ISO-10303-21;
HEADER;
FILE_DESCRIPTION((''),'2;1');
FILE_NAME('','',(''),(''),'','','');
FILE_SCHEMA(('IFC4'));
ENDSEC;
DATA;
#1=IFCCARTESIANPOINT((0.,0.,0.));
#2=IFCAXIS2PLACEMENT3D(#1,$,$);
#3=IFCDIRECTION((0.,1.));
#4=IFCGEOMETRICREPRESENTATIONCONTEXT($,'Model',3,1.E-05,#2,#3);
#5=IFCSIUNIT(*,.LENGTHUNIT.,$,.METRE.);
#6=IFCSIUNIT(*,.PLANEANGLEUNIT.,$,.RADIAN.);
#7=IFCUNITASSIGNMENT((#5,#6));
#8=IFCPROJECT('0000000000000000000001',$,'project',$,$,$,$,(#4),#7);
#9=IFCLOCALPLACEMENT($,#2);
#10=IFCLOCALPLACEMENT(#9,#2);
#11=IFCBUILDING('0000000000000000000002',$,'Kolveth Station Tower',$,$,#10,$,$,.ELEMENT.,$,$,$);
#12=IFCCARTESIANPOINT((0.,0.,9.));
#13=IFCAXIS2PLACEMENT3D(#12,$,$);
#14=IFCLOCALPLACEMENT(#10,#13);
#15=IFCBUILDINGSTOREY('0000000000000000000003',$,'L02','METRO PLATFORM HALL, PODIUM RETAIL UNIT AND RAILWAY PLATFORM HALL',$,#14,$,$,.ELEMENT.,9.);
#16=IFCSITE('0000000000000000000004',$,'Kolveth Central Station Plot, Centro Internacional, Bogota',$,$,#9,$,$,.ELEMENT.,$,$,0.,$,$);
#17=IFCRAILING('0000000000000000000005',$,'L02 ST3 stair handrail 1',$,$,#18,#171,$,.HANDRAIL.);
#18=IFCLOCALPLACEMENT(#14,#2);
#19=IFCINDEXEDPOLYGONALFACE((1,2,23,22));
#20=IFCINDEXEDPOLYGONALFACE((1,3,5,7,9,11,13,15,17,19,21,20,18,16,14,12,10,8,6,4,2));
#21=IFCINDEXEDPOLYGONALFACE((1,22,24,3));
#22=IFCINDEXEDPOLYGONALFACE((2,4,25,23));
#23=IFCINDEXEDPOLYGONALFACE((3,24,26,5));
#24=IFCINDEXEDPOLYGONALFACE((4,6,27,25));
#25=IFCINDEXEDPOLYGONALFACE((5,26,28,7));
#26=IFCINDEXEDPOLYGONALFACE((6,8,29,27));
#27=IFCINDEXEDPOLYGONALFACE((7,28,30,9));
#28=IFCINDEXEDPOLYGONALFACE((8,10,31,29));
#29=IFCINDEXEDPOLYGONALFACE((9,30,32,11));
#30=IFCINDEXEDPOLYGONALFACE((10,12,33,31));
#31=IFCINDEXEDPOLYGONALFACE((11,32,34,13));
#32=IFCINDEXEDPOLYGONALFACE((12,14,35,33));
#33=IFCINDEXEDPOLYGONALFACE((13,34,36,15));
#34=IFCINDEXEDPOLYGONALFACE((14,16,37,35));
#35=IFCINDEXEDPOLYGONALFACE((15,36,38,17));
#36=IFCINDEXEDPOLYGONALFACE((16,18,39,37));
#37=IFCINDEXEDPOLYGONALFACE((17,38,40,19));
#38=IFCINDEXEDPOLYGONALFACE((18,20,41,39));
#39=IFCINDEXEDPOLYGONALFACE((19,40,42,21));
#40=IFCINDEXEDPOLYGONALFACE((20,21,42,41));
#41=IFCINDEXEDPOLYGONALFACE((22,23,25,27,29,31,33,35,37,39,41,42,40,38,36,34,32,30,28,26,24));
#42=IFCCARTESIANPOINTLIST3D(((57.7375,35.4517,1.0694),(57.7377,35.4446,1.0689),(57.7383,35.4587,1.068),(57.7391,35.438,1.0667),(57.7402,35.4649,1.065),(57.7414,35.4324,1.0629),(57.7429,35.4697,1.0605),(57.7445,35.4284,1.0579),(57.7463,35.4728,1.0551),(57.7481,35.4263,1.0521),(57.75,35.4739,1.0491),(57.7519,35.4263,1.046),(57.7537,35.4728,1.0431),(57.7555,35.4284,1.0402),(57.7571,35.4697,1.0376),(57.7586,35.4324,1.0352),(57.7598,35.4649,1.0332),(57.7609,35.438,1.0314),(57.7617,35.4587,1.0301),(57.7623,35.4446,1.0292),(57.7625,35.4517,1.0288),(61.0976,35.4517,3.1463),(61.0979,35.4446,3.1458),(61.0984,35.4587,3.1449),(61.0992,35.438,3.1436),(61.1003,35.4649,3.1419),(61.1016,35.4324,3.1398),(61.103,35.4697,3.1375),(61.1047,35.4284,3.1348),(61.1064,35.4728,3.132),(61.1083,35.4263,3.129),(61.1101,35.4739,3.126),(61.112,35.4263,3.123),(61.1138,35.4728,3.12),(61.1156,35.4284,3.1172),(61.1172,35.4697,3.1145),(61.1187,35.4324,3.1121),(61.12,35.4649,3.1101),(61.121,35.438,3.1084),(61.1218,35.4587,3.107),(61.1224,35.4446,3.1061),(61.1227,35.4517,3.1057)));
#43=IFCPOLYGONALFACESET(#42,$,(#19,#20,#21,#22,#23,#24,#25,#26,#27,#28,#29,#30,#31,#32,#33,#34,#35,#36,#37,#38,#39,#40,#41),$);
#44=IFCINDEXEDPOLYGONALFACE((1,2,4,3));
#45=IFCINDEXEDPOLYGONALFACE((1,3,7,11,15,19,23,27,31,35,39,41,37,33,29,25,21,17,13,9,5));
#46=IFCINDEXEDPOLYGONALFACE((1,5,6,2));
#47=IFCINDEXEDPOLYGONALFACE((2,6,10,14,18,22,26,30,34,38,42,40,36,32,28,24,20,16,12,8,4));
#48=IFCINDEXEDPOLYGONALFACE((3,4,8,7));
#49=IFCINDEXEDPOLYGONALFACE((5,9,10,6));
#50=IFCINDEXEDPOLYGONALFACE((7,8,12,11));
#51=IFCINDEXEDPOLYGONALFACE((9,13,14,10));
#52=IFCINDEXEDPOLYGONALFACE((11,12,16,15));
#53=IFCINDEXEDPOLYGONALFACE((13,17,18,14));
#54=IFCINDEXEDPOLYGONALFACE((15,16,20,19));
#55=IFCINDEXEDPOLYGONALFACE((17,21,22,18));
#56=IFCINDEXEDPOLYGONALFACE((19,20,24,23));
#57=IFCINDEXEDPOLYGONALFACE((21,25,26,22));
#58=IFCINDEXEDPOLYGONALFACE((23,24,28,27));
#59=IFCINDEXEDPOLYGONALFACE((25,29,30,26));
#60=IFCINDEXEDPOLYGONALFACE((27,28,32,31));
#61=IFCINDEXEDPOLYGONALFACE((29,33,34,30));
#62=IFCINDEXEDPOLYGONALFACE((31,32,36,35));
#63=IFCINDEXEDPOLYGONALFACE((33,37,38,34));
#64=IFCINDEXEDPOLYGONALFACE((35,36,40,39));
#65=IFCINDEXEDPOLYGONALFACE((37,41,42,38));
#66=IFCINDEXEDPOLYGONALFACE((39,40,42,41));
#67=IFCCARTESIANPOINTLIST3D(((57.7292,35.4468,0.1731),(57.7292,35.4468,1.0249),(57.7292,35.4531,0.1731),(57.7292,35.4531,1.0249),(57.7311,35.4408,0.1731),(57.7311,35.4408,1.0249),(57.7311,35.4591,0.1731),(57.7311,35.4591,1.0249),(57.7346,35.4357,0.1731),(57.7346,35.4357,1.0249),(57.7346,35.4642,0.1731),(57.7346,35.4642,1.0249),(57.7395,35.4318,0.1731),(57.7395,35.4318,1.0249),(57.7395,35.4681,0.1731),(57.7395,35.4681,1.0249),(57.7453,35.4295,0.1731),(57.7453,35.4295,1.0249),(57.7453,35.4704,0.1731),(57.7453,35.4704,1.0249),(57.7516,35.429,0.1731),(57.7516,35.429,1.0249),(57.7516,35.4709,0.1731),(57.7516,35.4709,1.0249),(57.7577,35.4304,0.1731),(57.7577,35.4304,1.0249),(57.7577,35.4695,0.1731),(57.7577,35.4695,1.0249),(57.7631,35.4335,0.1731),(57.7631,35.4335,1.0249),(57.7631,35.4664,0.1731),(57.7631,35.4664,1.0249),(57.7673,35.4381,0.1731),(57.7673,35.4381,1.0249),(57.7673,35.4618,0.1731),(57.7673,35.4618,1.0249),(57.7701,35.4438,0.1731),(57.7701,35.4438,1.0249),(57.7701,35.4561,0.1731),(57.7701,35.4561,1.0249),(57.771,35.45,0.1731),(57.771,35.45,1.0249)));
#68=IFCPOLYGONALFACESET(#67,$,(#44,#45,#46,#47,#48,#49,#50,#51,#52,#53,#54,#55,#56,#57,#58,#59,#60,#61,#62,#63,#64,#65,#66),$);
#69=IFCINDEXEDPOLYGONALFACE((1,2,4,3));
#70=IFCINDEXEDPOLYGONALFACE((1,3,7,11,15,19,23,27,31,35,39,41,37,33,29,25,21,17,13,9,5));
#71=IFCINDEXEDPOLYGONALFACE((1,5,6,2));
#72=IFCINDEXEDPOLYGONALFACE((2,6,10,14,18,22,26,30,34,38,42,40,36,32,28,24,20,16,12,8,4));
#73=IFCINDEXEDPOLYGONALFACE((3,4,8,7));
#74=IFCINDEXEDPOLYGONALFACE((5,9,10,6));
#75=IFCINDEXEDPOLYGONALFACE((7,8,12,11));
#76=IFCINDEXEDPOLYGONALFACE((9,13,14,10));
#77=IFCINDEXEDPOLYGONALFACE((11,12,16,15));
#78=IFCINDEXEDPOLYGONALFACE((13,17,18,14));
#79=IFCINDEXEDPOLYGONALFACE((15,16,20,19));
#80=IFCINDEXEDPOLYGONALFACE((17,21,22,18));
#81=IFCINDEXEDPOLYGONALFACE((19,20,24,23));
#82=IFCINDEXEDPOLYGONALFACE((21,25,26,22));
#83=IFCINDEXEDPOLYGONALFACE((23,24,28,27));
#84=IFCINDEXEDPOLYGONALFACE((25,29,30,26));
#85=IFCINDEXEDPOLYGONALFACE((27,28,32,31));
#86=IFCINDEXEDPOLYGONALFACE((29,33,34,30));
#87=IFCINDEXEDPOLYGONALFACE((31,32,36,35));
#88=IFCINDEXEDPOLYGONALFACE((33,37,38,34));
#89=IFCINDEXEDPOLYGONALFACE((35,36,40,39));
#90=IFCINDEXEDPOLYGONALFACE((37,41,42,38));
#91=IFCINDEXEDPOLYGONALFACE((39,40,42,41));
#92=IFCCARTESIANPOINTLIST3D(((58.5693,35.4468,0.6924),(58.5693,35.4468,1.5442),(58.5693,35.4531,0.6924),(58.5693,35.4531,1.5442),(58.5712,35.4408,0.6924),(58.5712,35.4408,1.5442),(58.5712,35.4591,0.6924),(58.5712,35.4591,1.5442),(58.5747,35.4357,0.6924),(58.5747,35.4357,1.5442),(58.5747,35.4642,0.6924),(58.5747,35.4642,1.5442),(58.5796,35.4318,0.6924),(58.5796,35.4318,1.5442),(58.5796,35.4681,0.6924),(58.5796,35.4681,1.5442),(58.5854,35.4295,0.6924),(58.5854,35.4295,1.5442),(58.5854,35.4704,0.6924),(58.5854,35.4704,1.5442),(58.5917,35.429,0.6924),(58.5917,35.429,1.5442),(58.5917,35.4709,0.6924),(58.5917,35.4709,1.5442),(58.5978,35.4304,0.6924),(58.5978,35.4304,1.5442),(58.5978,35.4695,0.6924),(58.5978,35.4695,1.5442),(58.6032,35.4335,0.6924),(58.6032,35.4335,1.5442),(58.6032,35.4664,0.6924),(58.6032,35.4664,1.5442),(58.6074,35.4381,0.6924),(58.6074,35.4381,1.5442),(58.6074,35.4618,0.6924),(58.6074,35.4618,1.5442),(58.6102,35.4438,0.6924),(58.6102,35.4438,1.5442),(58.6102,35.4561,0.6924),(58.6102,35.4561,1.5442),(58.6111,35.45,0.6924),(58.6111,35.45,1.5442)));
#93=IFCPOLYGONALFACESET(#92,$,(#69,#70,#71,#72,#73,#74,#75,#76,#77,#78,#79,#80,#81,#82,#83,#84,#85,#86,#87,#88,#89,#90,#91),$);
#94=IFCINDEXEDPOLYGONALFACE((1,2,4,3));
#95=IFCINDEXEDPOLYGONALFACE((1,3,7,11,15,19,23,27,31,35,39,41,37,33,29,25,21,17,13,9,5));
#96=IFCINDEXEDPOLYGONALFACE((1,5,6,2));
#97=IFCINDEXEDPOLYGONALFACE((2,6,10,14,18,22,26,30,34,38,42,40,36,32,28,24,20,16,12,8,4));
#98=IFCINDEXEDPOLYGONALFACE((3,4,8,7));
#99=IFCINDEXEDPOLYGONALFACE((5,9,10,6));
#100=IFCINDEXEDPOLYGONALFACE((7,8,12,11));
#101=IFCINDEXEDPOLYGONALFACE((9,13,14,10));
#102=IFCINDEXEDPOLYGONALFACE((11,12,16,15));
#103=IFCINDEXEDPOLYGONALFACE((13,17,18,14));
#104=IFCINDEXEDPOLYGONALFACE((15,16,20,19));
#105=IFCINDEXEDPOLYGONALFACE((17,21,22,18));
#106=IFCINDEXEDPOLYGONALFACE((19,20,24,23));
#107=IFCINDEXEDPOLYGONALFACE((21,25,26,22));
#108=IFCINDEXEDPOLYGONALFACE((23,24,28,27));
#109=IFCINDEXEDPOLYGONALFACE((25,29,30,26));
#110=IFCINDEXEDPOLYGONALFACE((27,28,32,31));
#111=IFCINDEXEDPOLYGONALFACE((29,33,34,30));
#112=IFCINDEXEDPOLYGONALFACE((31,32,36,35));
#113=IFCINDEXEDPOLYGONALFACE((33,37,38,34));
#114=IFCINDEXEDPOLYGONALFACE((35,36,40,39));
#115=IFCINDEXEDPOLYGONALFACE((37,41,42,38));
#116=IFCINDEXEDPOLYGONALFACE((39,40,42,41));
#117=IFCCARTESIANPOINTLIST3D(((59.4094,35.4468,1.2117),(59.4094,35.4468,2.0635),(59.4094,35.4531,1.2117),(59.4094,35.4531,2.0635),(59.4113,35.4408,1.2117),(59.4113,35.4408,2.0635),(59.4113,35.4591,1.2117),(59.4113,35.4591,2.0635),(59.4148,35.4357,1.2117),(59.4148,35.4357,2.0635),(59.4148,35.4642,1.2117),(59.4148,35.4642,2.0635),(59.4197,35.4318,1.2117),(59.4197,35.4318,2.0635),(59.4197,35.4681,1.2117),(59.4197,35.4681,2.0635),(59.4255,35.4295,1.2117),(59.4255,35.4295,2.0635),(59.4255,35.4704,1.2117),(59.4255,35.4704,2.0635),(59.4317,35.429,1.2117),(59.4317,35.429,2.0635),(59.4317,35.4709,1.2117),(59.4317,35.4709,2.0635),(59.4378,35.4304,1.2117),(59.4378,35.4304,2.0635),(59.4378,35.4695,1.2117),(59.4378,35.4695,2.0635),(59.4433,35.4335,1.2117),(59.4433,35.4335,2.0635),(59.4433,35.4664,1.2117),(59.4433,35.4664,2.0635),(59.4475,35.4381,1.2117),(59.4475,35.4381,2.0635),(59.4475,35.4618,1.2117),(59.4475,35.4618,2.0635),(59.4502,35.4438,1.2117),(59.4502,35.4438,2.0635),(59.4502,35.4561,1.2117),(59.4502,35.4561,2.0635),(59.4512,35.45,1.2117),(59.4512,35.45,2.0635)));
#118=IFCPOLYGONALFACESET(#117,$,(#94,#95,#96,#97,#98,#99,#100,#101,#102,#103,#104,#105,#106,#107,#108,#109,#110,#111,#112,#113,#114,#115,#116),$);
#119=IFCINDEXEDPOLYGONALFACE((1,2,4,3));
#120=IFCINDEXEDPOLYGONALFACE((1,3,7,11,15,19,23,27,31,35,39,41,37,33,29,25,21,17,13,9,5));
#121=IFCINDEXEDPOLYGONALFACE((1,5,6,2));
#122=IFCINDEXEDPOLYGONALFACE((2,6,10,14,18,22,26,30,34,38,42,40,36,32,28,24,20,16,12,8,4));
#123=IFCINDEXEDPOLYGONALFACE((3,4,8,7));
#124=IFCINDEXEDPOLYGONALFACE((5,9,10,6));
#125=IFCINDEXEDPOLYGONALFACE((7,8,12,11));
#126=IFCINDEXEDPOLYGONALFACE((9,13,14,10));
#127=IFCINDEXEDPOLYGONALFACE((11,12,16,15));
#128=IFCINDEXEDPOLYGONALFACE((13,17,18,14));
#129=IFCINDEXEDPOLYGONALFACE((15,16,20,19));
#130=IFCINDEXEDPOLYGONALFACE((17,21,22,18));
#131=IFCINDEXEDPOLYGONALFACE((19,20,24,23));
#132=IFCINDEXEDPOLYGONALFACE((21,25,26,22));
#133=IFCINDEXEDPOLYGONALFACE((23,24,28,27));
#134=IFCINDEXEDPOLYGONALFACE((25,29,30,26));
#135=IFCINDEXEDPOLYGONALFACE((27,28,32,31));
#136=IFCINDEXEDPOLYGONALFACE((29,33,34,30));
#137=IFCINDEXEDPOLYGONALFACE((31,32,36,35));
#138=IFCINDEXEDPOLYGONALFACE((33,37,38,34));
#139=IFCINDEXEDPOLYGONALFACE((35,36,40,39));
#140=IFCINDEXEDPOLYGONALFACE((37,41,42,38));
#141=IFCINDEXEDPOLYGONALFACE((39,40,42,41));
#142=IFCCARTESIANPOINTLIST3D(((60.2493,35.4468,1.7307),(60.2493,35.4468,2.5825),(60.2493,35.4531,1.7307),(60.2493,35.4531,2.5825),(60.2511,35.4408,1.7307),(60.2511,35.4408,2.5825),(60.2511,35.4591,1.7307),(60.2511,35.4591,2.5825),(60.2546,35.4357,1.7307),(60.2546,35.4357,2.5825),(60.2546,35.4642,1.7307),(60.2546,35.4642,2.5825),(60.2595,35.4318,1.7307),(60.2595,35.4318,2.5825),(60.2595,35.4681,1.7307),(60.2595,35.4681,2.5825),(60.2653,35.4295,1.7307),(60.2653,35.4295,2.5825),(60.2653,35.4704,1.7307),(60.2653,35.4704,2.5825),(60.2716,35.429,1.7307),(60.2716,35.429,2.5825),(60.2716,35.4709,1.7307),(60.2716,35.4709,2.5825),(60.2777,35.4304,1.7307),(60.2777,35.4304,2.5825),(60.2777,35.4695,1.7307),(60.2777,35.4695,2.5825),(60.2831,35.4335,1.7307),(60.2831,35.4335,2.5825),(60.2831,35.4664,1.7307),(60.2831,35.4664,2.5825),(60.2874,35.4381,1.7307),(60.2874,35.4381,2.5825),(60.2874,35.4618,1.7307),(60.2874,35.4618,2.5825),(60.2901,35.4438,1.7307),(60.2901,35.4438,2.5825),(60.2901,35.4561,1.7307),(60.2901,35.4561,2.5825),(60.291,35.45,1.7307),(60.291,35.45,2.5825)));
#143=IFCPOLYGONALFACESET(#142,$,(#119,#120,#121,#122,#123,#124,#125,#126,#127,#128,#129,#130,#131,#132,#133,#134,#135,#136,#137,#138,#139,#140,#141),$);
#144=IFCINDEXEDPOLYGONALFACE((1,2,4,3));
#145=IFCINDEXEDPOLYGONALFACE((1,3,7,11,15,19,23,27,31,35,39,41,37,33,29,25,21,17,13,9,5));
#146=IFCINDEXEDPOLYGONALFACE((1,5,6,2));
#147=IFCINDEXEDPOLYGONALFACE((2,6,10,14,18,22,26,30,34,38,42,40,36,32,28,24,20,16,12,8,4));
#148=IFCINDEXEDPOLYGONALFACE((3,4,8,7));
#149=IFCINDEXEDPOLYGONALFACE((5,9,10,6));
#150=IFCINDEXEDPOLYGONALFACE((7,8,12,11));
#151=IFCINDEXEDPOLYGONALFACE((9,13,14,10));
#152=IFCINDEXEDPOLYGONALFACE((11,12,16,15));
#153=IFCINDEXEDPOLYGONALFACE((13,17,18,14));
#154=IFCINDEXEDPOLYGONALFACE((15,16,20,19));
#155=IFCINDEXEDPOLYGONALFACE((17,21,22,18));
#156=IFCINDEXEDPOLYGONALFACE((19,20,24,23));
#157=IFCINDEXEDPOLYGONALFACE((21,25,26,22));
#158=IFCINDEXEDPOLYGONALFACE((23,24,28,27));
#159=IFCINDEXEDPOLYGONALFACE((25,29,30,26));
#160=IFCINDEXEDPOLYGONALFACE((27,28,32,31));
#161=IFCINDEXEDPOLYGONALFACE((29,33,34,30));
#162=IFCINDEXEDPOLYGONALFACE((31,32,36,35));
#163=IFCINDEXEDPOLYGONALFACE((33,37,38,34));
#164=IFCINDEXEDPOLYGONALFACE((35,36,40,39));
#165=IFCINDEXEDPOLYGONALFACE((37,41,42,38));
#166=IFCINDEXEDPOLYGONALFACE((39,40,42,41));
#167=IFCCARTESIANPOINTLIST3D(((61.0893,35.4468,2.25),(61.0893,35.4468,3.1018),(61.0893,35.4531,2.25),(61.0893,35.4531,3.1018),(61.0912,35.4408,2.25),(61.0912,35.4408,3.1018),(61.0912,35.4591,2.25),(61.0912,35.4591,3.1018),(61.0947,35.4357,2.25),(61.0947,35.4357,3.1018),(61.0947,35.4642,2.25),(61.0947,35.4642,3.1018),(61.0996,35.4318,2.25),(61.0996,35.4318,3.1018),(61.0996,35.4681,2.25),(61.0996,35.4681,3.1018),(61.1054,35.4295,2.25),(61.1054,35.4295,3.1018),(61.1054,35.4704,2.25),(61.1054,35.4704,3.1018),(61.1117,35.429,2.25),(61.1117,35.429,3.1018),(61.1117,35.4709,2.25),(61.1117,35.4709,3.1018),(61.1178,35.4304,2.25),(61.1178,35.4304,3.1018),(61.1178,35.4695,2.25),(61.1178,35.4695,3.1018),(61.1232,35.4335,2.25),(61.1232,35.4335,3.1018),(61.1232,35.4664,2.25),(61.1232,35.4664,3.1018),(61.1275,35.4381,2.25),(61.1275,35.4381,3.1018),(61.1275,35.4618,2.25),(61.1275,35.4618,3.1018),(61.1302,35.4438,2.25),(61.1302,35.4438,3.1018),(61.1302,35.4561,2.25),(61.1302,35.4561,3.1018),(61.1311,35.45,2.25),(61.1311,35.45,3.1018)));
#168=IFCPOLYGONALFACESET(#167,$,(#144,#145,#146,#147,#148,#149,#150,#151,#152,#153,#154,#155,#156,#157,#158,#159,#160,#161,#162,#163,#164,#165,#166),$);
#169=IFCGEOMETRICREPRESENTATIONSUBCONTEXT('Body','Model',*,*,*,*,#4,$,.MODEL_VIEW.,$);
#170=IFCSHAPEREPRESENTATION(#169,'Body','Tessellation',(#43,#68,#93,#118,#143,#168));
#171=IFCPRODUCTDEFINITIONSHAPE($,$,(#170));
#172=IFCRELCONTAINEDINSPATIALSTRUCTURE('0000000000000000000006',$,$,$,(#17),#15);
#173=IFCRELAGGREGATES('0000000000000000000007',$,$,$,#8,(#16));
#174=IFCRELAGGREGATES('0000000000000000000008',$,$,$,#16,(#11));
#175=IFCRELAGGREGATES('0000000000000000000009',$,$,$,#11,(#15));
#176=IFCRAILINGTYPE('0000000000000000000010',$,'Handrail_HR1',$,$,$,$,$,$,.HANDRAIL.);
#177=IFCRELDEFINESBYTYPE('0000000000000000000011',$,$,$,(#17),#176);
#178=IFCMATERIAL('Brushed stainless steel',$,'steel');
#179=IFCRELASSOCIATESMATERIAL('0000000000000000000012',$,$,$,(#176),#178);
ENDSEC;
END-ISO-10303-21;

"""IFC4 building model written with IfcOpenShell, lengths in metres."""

from ifc_helpers import new_model, si_unit, direction, frame, origin, origin_2d, place, context, subcontext, project, spatial, circle, extrude, material, type_object, element, save


model = new_model("IFC4")

# Units and contexts
model_context = context("Model", 3, precision=1e-05, world=origin(), true_north=direction((0.0, 1.0)))
body_context = subcontext(model_context, "Body", "Model", "MODEL_VIEW")
ifc_project = project(units=[si_unit("LENGTHUNIT", "METRE"), si_unit("PLANEANGLEUNIT", "RADIAN")], contexts=[model_context])

# Site, building, storey
site_placement = place(None, origin())
site = spatial("IfcSite", under=ifc_project, at=site_placement, Name="Kolveth Central Station Plot, Centro Internacional, Bogota", CompositionType="ELEMENT", RefElevation=0.0)
building_placement = place(site_placement, origin())
building = spatial("IfcBuilding", under=site, at=building_placement, Name="Kolveth Station Tower", CompositionType="ELEMENT")
storey_placement = place(building_placement, frame((0.0, 0.0, 9.0)))
storey = spatial("IfcBuildingStorey", under=building, at=storey_placement, Name="L02", Description="METRO PLATFORM HALL, PODIUM RETAIL UNIT AND RAILWAY PLATFORM HALL", CompositionType="ELEMENT", Elevation=9.0)

# Railing
ifc_material_1 = material(Name="Brushed stainless steel", Category="steel")
railing_type_1 = type_object("IfcRailingType", Name="Handrail_HR1", PredefinedType="HANDRAIL", material=ifc_material_1)
railing_1_placement = place(storey_placement, frame((57.75, 35.45, 0.1731)))
element("IfcRailing", 1, at=railing_1_placement, inside=storey, type_object=railing_type_1, Name="L02 ST3 stair handrail 1", PredefinedType="HANDRAIL", context=body_context, shape_type="SweptSolid", body=[
    extrude(circle(Radius=0.0239, at=origin_2d()), frame((0.0, 0.0, 0.876), z_axis=(0.850623, 0.0, 0.525776), x_axis=(0.0, 1.0, 0.0)), (0.0, 0.0, 1.0), 3.9502),
    extrude(circle(Radius=0.021, at=origin_2d()), origin(), (0.0, 0.0, 1.0), 0.8518),
    extrude(circle(Radius=0.021, at=origin_2d()), frame((0.8401, 0.0, 0.5193)), (0.0, 0.0, 1.0), 0.8518),
    extrude(circle(Radius=0.021, at=origin_2d()), frame((1.6802, 0.0, 1.0386)), (0.0, 0.0, 1.0), 0.8518),
    extrude(circle(Radius=0.021, at=origin_2d()), frame((2.52, 0.0, 1.5576)), (0.0, 0.0, 1.0), 0.8518),
    extrude(circle(Radius=0.021, at=origin_2d()), frame((3.3601, 0.0, 2.0769)), (0.0, 0.0, 1.0), 0.8518),
])

save(model, "model.ifc")
